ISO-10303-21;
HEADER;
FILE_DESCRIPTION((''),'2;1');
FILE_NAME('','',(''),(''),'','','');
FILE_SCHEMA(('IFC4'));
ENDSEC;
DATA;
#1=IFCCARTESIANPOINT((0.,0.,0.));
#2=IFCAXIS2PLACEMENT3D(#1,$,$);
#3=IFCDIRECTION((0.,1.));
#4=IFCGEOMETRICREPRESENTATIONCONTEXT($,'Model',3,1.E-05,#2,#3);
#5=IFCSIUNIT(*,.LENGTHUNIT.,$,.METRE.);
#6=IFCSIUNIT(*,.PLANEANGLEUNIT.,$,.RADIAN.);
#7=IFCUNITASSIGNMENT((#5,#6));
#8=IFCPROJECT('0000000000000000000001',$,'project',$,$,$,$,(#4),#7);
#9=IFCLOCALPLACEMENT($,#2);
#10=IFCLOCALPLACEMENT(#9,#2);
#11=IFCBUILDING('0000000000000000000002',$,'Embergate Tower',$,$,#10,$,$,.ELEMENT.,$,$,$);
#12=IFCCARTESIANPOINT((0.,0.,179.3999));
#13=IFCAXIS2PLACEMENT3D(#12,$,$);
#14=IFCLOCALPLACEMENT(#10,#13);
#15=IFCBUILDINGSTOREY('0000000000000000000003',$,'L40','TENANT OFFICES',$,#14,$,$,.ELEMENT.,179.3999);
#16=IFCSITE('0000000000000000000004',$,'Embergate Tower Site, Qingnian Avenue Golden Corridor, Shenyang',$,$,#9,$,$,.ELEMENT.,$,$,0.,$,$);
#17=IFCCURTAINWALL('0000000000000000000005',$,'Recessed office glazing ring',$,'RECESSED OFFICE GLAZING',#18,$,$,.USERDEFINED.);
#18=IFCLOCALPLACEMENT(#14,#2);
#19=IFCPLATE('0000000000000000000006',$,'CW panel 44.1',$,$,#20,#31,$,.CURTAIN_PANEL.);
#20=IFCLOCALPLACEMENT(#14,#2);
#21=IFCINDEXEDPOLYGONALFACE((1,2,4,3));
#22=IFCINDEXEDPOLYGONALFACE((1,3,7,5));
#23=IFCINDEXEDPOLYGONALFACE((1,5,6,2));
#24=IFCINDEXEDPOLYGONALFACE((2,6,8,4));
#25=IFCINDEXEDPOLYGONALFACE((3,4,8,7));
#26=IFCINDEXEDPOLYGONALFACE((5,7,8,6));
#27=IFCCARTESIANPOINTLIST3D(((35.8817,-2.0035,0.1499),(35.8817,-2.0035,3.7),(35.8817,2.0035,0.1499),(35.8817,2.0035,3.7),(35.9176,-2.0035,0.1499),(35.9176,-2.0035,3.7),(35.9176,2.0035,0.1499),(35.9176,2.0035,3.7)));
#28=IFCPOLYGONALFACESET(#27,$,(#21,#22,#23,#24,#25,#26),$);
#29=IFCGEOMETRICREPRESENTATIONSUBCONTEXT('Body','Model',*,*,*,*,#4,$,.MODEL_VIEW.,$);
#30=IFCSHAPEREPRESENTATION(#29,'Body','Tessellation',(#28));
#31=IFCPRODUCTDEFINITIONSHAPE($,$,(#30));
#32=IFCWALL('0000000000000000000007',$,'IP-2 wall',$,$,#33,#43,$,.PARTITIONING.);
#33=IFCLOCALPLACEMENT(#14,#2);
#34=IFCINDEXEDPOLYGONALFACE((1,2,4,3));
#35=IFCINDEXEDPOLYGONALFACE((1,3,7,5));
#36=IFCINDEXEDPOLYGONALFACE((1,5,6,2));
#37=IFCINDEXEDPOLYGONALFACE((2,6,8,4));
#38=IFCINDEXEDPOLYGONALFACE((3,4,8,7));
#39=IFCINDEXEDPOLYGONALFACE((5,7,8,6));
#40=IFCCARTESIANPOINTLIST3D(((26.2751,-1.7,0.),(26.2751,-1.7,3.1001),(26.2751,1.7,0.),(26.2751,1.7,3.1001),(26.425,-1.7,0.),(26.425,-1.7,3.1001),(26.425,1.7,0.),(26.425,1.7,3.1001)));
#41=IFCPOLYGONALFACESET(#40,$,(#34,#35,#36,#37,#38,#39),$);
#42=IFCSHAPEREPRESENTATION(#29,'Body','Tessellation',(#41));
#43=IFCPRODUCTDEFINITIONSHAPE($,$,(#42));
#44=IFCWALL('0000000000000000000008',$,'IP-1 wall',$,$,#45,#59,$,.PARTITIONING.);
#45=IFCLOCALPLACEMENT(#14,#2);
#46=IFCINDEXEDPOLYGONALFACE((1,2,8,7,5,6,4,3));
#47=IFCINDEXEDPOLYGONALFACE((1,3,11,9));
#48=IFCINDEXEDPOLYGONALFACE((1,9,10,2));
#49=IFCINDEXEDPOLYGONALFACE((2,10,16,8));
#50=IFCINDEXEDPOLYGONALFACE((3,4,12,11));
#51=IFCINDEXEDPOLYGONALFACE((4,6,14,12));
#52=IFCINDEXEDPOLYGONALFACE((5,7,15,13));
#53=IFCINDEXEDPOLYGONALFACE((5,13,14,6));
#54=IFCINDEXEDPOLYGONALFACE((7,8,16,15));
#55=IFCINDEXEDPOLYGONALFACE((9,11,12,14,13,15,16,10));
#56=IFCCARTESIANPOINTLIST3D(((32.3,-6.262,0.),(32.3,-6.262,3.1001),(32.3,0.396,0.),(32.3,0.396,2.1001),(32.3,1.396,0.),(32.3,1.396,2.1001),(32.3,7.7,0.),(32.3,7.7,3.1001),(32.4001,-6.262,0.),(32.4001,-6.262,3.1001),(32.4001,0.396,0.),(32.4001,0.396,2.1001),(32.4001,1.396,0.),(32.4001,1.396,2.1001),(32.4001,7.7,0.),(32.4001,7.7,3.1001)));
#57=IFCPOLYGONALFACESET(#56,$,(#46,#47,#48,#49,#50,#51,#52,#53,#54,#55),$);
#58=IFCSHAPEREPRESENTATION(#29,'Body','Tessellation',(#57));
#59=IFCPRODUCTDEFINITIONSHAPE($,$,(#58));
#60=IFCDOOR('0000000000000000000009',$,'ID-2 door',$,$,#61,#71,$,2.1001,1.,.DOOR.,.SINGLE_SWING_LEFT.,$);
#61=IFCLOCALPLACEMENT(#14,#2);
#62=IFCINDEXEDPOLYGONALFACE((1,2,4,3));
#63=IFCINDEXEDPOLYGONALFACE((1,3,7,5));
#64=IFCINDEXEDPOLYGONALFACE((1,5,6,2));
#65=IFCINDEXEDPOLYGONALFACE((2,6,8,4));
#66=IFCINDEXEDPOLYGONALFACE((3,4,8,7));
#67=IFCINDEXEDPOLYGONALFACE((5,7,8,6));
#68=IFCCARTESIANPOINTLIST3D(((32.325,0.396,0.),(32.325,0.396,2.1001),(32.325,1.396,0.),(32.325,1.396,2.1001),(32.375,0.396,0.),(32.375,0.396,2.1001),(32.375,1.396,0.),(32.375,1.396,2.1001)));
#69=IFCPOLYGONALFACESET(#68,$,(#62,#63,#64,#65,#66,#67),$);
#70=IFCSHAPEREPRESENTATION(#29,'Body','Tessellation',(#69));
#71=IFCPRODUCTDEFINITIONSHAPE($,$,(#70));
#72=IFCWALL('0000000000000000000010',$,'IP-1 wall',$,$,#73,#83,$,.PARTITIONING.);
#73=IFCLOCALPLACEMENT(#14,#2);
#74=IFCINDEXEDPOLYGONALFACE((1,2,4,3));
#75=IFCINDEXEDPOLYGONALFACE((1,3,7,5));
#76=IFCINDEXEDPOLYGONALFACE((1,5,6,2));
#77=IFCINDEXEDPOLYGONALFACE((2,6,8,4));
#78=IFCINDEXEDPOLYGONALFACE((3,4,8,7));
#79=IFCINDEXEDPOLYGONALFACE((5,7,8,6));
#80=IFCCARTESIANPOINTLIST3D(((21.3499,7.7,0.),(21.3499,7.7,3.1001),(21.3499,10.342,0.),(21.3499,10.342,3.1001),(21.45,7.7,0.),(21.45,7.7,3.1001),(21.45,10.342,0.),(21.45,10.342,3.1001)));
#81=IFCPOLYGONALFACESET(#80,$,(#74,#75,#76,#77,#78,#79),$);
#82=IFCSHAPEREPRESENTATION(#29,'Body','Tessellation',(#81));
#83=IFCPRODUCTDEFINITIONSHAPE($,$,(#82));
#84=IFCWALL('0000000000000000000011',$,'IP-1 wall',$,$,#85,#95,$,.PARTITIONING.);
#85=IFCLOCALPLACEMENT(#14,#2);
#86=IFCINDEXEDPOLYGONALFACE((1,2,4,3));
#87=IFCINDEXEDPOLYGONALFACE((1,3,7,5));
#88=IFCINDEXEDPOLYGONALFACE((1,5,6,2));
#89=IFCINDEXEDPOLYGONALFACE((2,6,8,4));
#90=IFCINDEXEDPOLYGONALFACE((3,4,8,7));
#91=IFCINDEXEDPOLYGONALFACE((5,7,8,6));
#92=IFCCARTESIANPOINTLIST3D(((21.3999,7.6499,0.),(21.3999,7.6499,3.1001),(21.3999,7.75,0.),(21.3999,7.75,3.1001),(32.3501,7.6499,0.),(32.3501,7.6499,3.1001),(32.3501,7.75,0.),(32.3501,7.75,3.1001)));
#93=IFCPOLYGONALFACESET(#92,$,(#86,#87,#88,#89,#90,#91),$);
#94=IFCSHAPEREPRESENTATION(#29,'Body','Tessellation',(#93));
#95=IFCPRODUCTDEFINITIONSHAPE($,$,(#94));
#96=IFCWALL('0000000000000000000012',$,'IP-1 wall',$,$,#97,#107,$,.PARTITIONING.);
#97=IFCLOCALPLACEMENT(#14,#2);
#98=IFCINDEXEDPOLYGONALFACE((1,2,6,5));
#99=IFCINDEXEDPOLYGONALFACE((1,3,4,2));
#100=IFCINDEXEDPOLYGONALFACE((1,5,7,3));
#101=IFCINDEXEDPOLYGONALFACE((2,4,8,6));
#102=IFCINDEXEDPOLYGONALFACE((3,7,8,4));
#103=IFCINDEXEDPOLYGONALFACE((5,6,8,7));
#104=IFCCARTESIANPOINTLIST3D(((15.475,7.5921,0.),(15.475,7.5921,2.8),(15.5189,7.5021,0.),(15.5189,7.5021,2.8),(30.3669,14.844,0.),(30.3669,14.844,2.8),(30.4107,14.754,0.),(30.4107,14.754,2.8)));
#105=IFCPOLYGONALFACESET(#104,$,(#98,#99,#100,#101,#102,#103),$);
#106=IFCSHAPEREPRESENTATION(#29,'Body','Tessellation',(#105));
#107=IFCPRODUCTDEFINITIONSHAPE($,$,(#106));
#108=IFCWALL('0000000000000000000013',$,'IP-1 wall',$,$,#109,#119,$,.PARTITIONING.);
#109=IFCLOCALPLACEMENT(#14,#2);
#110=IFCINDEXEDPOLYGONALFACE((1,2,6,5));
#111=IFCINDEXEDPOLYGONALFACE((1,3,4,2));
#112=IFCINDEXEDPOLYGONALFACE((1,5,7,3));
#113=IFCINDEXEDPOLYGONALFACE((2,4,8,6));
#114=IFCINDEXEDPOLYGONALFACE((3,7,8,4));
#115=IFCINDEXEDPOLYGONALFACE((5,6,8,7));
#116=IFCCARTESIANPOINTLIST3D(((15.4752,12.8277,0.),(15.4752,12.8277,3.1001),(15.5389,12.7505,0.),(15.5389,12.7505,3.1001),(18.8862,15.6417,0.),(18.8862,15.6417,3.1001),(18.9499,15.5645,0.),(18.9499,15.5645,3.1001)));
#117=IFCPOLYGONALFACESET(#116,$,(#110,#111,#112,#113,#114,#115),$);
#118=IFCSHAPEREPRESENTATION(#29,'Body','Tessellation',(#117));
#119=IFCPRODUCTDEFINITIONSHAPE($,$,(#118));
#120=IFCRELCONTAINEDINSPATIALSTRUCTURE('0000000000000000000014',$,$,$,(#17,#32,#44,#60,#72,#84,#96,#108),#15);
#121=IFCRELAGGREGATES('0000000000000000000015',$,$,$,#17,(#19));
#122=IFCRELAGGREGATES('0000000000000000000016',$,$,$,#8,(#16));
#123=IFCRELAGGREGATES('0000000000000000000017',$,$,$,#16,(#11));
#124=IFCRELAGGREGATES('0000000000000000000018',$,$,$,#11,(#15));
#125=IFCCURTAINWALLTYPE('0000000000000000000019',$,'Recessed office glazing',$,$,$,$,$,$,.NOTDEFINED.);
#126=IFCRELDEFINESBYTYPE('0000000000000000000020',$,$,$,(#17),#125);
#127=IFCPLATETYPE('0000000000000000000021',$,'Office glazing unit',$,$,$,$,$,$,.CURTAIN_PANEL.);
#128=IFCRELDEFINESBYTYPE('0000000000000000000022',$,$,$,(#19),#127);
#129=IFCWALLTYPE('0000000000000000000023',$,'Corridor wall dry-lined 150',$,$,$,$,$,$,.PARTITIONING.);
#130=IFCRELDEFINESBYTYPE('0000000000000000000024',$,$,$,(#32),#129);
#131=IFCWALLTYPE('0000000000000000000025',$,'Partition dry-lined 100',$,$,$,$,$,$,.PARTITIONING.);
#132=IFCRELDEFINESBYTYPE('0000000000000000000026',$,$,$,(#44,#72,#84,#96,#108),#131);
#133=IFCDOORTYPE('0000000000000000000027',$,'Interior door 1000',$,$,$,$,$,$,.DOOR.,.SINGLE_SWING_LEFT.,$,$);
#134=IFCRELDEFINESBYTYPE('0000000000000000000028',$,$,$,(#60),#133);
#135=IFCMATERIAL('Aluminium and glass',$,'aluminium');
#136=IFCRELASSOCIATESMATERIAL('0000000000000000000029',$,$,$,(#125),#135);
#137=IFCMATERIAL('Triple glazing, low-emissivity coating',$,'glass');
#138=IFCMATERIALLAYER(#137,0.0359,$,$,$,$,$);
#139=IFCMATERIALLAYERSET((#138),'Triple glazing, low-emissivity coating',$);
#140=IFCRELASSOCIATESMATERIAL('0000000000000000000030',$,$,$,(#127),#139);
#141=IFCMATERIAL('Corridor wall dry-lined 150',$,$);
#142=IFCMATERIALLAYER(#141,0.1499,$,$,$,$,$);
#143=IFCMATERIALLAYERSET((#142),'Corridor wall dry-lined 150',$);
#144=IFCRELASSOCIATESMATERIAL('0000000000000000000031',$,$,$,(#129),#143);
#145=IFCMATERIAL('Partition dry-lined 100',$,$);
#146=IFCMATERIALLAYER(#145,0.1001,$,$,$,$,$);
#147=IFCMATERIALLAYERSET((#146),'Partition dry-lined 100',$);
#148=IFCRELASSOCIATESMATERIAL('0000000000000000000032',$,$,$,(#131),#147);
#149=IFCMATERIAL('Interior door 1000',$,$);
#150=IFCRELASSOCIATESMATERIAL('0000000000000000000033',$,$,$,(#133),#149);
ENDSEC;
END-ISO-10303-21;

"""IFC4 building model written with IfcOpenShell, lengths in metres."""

from ifc_helpers import new_model, si_unit, direction, frame, frame_2d, origin, origin_2d, place, context, subcontext, project, spatial, rectangle, extrude, source, transform, mapped, material, layer, layer_set, type_object, element, fill, aggregate, save


model = new_model("IFC4")

# Units and contexts
model_context = context("Model", 3, precision=1e-05, world=origin(), true_north=direction((0.0, 1.0)))
body_context = subcontext(model_context, "Body", "Model", "MODEL_VIEW")
ifc_project = project(units=[si_unit("LENGTHUNIT", "METRE"), si_unit("PLANEANGLEUNIT", "RADIAN")], contexts=[model_context])

# Site, building, storey
site_placement = place(None, origin())
site = spatial("IfcSite", under=ifc_project, at=site_placement, Name="Embergate Tower Site, Qingnian Avenue Golden Corridor, Shenyang", CompositionType="ELEMENT", RefElevation=0.0)
building_placement = place(site_placement, origin())
building = spatial("IfcBuilding", under=site, at=building_placement, Name="Embergate Tower", CompositionType="ELEMENT")
storey_placement = place(building_placement, frame((0.0, 0.0, 179.3999)))
storey = spatial("IfcBuildingStorey", under=building, at=storey_placement, Name="L40", Description="TENANT OFFICES", CompositionType="ELEMENT", Elevation=179.3999)

# Curtain wall, plate
ifc_material_1 = material(Name="Aluminium and glass", Category="aluminium")
curtain_wall_type = type_object("IfcCurtainWallType", Name="Recessed office glazing", PredefinedType="NOTDEFINED", material=ifc_material_1)
curtain_wall_placement = place(storey_placement, origin())
curtain_wall = element("IfcCurtainWall", 1, at=curtain_wall_placement, inside=storey, type_object=curtain_wall_type, Name="Recessed office glazing ring", ObjectType="RECESSED OFFICE GLAZING", PredefinedType="USERDEFINED")
ifc_material_2 = material(Name="Triple glazing, low-emissivity coating", Category="glass")
ifc_layer_1 = layer(ifc_material_2, 0.0359)
ifc_layer_set_1 = layer_set([ifc_layer_1], Name="Triple glazing, low-emissivity coating")
plate_type = type_object("IfcPlateType", Name="Office glazing unit", PredefinedType="CURTAIN_PANEL", material=ifc_layer_set_1)
shared_shape_1 = source(origin(), body_context, "Body", "SweptSolid", [
    extrude(rectangle(XDim=4.0071, YDim=0.0359, at=origin_2d()), origin(), (0.0, 0.0, 1.0), 3.55),
])
plate_1_placement = place(storey_placement, frame((35.8997, 0.0, 0.1499), z_axis=(0.0, 0.0, 1.0), x_axis=(0.0, 1.0, 0.0)))
plate_1 = element("IfcPlate", 2, at=plate_1_placement, type_object=plate_type, Name="CW panel 44.1", PredefinedType="CURTAIN_PANEL", context=body_context, shape_type="MappedRepresentation", body=[
    mapped(shared_shape_1, transform((0.0, 0.0, 0.0))),
])
aggregate(curtain_wall, [plate_1])

# Wall
ifc_material_3 = material(Name="Corridor wall dry-lined 150")
ifc_layer_2 = layer(ifc_material_3, 0.1499)
ifc_layer_set_2 = layer_set([ifc_layer_2], Name="Corridor wall dry-lined 150")
wall_type_1 = type_object("IfcWallType", Name="Corridor wall dry-lined 150", PredefinedType="PARTITIONING", material=ifc_layer_set_2)
shared_shape_2 = source(origin(), body_context, "Body", "SweptSolid", [
    extrude(rectangle(XDim=3.3999, YDim=0.1499, at=frame_2d((1.7, 0.0))), origin(), (0.0, 0.0, 1.0), 3.1001),
])
wall_1_placement = place(storey_placement, frame((26.3501, 1.7, 0.0), z_axis=(0.0, 0.0, 1.0), x_axis=(0.0, -1.0, 0.0)))
element("IfcWall", 3, at=wall_1_placement, inside=storey, type_object=wall_type_1, Name="IP-2 wall", PredefinedType="PARTITIONING", context=body_context, shape_type="MappedRepresentation", body=[
    mapped(shared_shape_2, transform((0.0, 0.0, 0.0))),
])

# Wall, opening, door
ifc_material_4 = material(Name="Partition dry-lined 100")
ifc_layer_3 = layer(ifc_material_4, 0.1001)
ifc_layer_set_3 = layer_set([ifc_layer_3], Name="Partition dry-lined 100")
wall_type_2 = type_object("IfcWallType", Name="Partition dry-lined 100", PredefinedType="PARTITIONING", material=ifc_layer_set_3)
shared_shape_3 = source(origin(), body_context, "Body", "SweptSolid", [
    extrude(rectangle(XDim=13.9619, YDim=0.1001, at=frame_2d((6.981, 0.0))), origin(), (0.0, 0.0, 1.0), 3.1001),
])
wall_2_placement = place(storey_placement, frame((32.3501, 7.7, 0.0), z_axis=(0.0, 0.0, 1.0), x_axis=(0.0, -1.0, 0.0)))
wall_2 = element("IfcWall", 4, at=wall_2_placement, inside=storey, type_object=wall_type_2, Name="IP-1 wall", PredefinedType="PARTITIONING", context=body_context, shape_type="MappedRepresentation", body=[
    mapped(shared_shape_3, transform((0.0, 0.0, 0.0))),
])
shared_shape_4 = source(origin(), body_context, "Body", "SweptSolid", [
    extrude(rectangle(XDim=1.0, YDim=2.1001, at=frame_2d((0.5, 1.05))), frame((0.0, 0.0601, 0.0), z_axis=(0.0, -1.0, 0.0), x_axis=(1.0, 0.0, 0.0)), (0.0, 0.0, 1.0), 0.1201),
])
opening_placement = place(wall_2_placement, frame((6.304, 0.0, 0.0)))
opening = element("IfcOpeningElement", 5, at=opening_placement, cuts=wall_2, PredefinedType="OPENING", context=body_context, shape_type="MappedRepresentation", body=[
    mapped(shared_shape_4, transform((0.0, 0.0, 0.0))),
])
ifc_material_5 = material(Name="Interior door 1000")
door_type = type_object("IfcDoorType", Name="Interior door 1000", OperationType="SINGLE_SWING_LEFT", PredefinedType="DOOR", material=ifc_material_5)
shared_shape_5 = source(origin(), body_context, "Body", "SweptSolid", [
    extrude(rectangle(XDim=1.0, YDim=2.1001, at=frame_2d((0.5, 1.05))), frame((0.0, 0.0249, 0.0), z_axis=(0.0, -1.0, 0.0), x_axis=(1.0, 0.0, 0.0)), (0.0, 0.0, 1.0), 0.05),
])
door_placement = place(opening_placement, origin())
door = element("IfcDoor", 6, at=door_placement, inside=storey, type_object=door_type, Name="ID-2 door", OperationType="SINGLE_SWING_LEFT", OverallHeight=2.1001, OverallWidth=1.0, PredefinedType="DOOR", context=body_context, shape_type="MappedRepresentation", body=[
    mapped(shared_shape_5, transform((0.0, 0.0, 0.0))),
])
fill(opening, door)

# Walls
shared_shape_6 = source(origin(), body_context, "Body", "SweptSolid", [
    extrude(rectangle(XDim=2.6421, YDim=0.1001, at=frame_2d((1.321, 0.0))), origin(), (0.0, 0.0, 1.0), 3.1001),
])
wall_3_placement = place(storey_placement, frame((21.3999, 10.342, 0.0), z_axis=(0.0, 0.0, 1.0), x_axis=(0.0, -1.0, 0.0)))
element("IfcWall", 7, at=wall_3_placement, inside=storey, type_object=wall_type_2, Name="IP-1 wall", PredefinedType="PARTITIONING", context=body_context, shape_type="MappedRepresentation", body=[
    mapped(shared_shape_6, transform((0.0, 0.0, 0.0))),
])
shared_shape_7 = source(origin(), body_context, "Body", "SweptSolid", [
    extrude(rectangle(XDim=10.9502, YDim=0.1001, at=frame_2d((5.4751, 0.0))), origin(), (0.0, 0.0, 1.0), 3.1001),
])
wall_4_placement = place(storey_placement, frame((21.3999, 7.7, 0.0), z_axis=(0.0, 0.0, 1.0), x_axis=(1.0, 0.0, 0.0)))
element("IfcWall", 8, at=wall_4_placement, inside=storey, type_object=wall_type_2, Name="IP-1 wall", PredefinedType="PARTITIONING", context=body_context, shape_type="MappedRepresentation", body=[
    mapped(shared_shape_7, transform((0.0, 0.0, 0.0))),
])
shared_shape_8 = source(origin(), body_context, "Body", "SweptSolid", [
    extrude(rectangle(XDim=16.5637, YDim=0.1001, at=frame_2d((8.2817, 0.0))), origin(), (0.0, 0.0, 1.0), 2.8),
])
wall_5_placement = place(storey_placement, frame((15.4971, 7.5471, 0.0), z_axis=(0.0, 0.0, 1.0), x_axis=(0.899062, 0.437821, 0.0)))
element("IfcWall", 9, at=wall_5_placement, inside=storey, type_object=wall_type_2, Name="IP-1 wall", PredefinedType="PARTITIONING", context=body_context, shape_type="MappedRepresentation", body=[
    mapped(shared_shape_8, transform((0.0, 0.0, 0.0))),
])
shared_shape_9 = source(origin(), body_context, "Body", "SweptSolid", [
    extrude(rectangle(XDim=4.4219, YDim=0.1001, at=frame_2d((2.2109, 0.0))), origin(), (0.0, 0.0, 1.0), 3.1001),
])
wall_6_placement = place(storey_placement, frame((15.5071, 12.7891, 0.0), z_axis=(0.0, 0.0, 1.0), x_axis=(0.771375, 0.63638, 0.0)))
element("IfcWall", 10, at=wall_6_placement, inside=storey, type_object=wall_type_2, Name="IP-1 wall", PredefinedType="PARTITIONING", context=body_context, shape_type="MappedRepresentation", body=[
    mapped(shared_shape_9, transform((0.0, 0.0, 0.0))),
])

save(model, "model.ifc")
